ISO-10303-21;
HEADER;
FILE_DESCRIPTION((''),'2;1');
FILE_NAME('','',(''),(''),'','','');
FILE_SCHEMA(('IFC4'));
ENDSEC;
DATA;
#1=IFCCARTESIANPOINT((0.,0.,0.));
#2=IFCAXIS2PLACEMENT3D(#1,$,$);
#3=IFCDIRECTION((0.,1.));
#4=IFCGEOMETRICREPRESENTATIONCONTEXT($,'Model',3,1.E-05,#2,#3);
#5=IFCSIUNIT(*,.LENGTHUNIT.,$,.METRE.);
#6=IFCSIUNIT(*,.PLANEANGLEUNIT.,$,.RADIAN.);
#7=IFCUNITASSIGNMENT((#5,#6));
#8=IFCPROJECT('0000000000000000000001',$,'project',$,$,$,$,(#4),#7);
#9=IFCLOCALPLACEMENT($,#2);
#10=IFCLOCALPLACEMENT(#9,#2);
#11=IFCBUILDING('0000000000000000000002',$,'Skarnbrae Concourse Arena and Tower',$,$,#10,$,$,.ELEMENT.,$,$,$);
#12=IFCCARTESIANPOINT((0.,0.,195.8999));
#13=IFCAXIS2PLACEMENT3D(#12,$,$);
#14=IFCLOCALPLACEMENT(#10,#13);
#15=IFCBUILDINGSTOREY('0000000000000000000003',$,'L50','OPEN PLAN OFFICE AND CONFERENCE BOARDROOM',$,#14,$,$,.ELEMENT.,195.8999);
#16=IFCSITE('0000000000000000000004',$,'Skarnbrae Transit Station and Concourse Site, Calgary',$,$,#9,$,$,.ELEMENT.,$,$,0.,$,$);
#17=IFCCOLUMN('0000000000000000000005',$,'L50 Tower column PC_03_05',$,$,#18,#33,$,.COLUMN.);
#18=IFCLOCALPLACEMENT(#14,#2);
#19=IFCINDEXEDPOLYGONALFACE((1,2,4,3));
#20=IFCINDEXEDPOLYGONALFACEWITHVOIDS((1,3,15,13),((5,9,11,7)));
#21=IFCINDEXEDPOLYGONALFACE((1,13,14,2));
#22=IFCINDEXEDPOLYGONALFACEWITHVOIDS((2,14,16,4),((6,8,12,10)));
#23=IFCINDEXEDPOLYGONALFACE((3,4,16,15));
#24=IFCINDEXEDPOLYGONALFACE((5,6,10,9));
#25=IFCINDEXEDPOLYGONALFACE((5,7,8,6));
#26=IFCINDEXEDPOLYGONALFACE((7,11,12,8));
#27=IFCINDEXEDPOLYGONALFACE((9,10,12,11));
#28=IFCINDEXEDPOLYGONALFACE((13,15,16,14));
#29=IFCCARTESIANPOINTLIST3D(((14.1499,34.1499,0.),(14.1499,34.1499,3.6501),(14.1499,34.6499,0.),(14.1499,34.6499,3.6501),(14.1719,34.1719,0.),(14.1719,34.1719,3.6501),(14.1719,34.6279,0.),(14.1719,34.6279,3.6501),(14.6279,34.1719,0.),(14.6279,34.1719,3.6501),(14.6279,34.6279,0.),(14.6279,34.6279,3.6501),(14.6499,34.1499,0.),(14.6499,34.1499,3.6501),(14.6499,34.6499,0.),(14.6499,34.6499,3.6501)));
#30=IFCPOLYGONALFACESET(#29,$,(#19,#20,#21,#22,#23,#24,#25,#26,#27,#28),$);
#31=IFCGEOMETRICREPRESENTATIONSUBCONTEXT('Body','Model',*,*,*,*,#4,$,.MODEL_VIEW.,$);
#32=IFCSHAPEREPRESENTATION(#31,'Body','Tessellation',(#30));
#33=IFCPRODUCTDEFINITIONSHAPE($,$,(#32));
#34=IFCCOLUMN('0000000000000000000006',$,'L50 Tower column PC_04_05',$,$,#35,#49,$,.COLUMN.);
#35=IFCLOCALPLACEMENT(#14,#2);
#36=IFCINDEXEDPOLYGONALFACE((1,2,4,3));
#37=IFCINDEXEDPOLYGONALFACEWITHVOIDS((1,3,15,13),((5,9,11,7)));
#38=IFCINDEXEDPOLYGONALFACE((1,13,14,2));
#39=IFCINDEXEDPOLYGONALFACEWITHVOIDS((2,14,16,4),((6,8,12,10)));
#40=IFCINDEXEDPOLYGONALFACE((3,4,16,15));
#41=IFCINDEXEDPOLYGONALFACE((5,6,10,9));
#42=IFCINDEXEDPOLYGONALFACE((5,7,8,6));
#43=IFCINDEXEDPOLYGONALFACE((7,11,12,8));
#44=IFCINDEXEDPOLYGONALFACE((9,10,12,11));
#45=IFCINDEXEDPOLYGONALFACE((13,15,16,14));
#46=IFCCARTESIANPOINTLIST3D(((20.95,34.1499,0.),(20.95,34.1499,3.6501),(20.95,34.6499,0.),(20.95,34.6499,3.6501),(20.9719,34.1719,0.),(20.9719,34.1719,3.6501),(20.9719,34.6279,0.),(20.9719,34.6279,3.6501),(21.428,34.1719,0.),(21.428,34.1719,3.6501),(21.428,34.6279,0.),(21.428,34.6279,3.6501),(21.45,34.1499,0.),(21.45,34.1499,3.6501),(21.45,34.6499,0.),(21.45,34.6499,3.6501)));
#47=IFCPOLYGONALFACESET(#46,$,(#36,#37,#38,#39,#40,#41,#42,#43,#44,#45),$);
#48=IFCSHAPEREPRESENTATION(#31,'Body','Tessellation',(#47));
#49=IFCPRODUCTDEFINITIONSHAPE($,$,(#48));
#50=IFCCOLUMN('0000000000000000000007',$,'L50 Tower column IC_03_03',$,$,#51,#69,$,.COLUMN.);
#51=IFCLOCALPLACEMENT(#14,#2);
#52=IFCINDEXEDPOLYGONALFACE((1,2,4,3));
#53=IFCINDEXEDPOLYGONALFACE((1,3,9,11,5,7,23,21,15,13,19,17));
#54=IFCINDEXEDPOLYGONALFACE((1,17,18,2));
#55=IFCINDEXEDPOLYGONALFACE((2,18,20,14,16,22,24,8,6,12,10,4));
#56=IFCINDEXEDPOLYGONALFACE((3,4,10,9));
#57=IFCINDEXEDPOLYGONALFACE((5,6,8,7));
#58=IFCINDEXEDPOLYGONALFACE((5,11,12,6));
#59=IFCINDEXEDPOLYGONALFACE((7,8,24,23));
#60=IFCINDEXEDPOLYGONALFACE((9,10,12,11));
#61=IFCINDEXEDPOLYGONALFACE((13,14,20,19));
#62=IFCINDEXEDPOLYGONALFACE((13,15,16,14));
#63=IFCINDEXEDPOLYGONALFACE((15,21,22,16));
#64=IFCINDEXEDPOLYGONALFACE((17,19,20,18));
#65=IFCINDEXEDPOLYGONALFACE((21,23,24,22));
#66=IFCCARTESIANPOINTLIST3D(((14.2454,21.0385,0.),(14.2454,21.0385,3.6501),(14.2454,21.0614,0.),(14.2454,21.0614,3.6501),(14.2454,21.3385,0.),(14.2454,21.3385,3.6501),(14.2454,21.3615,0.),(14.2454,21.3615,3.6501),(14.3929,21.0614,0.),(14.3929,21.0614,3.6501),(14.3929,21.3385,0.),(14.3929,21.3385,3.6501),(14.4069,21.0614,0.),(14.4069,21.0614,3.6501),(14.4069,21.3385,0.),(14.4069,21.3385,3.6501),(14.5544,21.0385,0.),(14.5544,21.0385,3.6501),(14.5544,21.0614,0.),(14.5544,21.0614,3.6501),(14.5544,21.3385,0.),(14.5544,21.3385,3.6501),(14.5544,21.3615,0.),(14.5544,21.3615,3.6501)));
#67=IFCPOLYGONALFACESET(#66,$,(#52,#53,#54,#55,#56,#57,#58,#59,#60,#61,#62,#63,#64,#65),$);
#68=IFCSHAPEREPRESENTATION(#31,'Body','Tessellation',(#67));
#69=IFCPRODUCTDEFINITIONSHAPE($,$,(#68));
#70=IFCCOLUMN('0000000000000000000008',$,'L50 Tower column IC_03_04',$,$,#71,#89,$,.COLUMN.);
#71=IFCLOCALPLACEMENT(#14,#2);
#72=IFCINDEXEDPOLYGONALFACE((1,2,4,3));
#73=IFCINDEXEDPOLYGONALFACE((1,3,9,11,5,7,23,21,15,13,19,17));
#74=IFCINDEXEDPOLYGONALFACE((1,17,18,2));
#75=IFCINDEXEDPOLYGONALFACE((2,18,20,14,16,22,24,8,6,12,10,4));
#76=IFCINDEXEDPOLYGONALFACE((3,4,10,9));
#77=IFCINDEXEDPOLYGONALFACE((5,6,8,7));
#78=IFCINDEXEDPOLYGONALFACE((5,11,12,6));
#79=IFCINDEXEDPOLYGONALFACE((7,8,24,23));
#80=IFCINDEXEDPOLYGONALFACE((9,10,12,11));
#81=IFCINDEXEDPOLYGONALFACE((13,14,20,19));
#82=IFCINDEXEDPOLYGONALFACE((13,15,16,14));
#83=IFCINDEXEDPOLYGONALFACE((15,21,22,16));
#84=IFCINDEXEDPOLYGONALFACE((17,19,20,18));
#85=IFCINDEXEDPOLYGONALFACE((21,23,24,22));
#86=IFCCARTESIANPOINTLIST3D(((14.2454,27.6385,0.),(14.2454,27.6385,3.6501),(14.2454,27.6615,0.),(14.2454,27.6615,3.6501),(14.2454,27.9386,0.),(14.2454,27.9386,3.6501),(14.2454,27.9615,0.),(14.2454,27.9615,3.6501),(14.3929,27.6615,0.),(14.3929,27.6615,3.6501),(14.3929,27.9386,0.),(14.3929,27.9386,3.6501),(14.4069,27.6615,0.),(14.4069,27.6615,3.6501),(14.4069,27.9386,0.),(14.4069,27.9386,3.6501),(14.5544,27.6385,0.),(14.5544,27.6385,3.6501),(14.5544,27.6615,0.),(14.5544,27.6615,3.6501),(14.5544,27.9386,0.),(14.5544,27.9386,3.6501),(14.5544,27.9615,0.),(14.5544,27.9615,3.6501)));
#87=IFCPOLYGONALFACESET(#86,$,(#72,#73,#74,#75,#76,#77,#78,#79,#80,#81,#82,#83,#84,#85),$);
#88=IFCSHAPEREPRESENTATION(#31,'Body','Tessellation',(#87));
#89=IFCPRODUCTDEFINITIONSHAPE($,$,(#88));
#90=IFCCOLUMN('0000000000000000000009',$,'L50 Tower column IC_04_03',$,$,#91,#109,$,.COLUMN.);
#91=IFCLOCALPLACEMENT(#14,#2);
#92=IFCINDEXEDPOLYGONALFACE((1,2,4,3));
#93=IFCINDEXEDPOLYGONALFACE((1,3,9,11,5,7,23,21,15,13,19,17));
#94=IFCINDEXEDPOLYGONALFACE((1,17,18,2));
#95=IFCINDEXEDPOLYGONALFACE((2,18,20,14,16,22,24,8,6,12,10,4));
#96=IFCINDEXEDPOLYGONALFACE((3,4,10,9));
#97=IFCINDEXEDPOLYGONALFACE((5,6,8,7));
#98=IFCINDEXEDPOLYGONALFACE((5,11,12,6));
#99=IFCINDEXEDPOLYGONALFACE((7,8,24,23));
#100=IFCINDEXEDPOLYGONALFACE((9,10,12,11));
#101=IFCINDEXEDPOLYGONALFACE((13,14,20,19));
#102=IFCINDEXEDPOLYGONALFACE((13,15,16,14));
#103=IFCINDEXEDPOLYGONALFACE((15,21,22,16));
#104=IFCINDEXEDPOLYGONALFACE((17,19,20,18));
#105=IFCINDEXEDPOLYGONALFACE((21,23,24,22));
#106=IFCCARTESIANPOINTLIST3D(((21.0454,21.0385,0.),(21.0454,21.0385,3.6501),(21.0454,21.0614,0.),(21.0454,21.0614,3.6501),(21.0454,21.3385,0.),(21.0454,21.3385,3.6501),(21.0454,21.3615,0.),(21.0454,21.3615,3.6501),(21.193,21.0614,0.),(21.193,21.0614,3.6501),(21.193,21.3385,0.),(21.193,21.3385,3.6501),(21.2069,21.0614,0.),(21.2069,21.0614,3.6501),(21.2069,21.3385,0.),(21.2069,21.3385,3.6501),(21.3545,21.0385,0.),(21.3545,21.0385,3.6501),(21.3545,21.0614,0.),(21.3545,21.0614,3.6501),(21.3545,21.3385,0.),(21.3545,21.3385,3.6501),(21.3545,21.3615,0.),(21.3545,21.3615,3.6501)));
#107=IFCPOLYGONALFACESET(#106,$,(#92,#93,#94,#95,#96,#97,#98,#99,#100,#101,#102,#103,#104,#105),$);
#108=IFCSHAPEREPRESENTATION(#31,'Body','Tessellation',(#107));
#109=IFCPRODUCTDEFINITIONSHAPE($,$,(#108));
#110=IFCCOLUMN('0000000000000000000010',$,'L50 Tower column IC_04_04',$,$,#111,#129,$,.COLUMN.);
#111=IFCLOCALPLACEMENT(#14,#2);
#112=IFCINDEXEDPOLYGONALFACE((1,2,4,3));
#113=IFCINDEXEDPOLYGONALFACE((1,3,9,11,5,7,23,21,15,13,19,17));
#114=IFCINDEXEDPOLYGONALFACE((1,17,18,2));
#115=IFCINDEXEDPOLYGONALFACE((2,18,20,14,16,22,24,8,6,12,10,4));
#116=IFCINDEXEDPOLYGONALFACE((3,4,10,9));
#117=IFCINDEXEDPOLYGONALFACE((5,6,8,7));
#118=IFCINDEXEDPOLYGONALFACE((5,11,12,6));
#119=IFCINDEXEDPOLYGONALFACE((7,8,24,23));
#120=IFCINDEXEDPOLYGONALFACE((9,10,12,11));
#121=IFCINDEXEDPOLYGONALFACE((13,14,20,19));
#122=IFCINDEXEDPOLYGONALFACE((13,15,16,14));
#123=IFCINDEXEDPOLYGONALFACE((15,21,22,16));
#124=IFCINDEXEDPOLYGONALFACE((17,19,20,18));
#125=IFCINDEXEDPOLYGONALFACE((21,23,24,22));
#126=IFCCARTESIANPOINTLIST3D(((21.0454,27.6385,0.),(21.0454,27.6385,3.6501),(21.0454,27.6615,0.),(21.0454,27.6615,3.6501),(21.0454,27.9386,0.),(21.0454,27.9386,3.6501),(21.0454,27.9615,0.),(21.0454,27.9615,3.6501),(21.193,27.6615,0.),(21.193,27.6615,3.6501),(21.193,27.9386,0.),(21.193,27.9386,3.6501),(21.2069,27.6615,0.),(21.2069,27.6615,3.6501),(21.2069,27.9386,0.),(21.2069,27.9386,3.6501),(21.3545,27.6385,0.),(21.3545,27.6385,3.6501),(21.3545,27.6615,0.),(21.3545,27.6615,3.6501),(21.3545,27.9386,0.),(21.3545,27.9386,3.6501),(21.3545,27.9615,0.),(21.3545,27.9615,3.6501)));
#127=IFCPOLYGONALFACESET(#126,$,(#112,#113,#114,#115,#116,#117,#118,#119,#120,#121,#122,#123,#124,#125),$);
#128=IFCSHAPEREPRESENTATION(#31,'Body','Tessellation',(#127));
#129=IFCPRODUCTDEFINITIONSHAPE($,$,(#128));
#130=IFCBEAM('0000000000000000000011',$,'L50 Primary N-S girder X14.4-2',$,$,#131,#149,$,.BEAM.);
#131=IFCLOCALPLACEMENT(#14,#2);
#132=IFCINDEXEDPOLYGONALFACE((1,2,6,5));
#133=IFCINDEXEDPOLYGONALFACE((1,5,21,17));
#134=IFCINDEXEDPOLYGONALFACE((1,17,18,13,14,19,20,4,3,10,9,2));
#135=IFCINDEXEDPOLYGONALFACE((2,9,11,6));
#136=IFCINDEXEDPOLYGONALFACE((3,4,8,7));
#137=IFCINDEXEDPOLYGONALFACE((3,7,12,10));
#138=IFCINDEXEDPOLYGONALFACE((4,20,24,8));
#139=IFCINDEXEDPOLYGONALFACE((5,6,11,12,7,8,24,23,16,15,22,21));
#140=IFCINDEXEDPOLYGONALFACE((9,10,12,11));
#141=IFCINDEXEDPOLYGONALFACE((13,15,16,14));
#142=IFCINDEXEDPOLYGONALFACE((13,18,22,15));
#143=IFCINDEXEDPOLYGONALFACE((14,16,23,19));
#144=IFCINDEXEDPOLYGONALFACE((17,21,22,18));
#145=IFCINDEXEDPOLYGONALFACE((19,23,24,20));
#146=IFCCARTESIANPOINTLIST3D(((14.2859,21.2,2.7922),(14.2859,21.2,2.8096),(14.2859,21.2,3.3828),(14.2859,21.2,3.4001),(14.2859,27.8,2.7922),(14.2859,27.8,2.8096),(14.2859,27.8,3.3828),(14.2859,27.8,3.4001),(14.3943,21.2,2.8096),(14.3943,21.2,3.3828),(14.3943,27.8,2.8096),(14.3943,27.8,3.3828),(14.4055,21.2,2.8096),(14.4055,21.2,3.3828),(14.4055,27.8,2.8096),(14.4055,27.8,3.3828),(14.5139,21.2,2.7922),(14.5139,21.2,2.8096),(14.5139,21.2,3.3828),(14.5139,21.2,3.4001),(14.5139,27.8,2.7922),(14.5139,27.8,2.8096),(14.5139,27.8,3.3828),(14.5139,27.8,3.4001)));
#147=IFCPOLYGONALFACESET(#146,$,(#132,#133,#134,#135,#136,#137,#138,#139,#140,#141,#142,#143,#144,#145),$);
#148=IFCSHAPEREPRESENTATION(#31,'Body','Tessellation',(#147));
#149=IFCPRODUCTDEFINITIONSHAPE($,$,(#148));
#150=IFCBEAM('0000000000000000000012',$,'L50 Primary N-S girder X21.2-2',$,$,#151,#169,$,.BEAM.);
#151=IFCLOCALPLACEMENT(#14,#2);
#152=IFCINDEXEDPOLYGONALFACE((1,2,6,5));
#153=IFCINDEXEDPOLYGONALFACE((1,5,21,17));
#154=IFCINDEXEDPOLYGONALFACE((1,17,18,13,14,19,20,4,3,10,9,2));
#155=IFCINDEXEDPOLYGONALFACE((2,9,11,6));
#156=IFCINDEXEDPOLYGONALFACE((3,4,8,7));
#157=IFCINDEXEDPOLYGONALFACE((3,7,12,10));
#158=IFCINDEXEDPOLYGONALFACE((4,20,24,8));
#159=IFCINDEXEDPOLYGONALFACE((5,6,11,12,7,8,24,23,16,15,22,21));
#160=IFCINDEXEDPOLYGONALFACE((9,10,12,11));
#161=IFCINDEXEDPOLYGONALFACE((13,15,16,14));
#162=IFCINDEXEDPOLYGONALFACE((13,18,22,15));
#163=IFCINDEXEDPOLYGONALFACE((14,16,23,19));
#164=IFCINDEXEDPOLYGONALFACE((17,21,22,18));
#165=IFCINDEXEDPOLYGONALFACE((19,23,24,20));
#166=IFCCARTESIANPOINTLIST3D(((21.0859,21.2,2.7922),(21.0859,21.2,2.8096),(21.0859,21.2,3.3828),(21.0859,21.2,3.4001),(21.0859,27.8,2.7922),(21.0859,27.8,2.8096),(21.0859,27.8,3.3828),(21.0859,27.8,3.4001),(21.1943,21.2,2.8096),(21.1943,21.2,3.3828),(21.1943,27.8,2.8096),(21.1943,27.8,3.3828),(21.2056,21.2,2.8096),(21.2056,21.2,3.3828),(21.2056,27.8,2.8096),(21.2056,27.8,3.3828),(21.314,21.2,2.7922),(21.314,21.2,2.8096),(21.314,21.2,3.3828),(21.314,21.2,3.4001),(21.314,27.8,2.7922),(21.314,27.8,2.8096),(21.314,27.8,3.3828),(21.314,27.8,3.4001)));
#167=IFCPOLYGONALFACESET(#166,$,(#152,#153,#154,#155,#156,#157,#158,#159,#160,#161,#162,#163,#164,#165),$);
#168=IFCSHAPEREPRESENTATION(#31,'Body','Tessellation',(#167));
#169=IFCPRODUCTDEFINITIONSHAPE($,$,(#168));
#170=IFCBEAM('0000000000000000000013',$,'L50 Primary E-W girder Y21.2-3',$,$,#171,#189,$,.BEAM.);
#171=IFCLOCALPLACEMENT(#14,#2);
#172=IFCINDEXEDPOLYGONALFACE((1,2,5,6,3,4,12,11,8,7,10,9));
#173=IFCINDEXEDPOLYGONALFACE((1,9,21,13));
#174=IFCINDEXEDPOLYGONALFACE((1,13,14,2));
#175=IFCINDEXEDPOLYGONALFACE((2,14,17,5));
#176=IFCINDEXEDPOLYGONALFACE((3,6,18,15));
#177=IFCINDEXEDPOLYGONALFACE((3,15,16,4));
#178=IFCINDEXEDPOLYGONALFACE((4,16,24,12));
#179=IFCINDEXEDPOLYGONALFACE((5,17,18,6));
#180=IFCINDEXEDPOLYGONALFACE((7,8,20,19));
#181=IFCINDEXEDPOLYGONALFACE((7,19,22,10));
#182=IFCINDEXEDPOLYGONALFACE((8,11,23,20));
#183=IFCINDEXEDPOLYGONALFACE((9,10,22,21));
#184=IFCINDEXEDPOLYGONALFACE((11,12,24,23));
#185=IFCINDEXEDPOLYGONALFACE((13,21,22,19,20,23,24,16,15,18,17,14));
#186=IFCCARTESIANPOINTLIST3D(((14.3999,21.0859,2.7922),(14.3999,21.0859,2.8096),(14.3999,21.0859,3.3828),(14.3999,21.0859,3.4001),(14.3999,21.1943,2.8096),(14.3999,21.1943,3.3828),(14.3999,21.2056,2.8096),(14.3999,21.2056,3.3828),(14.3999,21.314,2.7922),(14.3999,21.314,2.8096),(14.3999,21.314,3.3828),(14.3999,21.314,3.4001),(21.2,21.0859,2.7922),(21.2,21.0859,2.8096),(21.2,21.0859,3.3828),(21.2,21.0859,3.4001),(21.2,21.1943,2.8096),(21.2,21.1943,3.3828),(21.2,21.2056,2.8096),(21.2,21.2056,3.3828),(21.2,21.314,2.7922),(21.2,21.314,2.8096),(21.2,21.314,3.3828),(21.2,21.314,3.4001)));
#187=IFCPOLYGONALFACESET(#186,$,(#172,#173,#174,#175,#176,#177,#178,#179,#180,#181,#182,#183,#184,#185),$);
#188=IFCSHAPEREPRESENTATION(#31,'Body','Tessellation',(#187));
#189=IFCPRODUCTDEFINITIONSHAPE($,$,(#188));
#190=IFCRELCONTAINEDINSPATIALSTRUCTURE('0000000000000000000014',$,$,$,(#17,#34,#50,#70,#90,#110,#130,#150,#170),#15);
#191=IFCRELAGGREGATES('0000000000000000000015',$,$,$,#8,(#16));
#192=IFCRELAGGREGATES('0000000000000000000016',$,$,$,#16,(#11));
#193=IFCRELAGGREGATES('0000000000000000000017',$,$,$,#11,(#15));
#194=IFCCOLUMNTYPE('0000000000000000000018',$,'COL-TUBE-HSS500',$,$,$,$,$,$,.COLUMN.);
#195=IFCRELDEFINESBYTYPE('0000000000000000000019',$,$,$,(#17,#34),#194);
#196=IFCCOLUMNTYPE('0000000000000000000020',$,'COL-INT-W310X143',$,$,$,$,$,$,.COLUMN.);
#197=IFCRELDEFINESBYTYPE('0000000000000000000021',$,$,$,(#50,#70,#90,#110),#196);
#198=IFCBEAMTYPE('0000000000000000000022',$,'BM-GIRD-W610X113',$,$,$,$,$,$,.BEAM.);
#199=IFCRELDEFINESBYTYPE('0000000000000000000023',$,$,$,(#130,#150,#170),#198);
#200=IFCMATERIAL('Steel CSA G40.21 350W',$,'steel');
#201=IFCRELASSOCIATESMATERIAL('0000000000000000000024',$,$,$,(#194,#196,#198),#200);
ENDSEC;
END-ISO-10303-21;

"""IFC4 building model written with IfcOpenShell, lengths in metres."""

from ifc_helpers import new_model, si_unit, direction, frame, origin, origin_2d, place, context, subcontext, project, spatial, hollow_rectangle, i_section, extrude, source, transform, mapped, material, material_profile, profile_set, type_object, element, save


model = new_model("IFC4")

# Units and contexts
model_context = context("Model", 3, precision=1e-05, world=origin(), true_north=direction((0.0, 1.0)))
body_context = subcontext(model_context, "Body", "Model", "MODEL_VIEW")
ifc_project = project(units=[si_unit("LENGTHUNIT", "METRE"), si_unit("PLANEANGLEUNIT", "RADIAN")], contexts=[model_context])

# Site, building, storey
site_placement = place(None, origin())
site = spatial("IfcSite", under=ifc_project, at=site_placement, Name="Skarnbrae Transit Station and Concourse Site, Calgary", CompositionType="ELEMENT", RefElevation=0.0)
building_placement = place(site_placement, origin())
building = spatial("IfcBuilding", under=site, at=building_placement, Name="Skarnbrae Concourse Arena and Tower", CompositionType="ELEMENT")
storey_placement = place(building_placement, frame((0.0, 0.0, 195.8999)))
storey = spatial("IfcBuildingStorey", under=building, at=storey_placement, Name="L50", Description="OPEN PLAN OFFICE AND CONFERENCE BOARDROOM", CompositionType="ELEMENT", Elevation=195.8999)

# Columns
ifc_material_1 = material(Name="Steel CSA G40.21 350W", Category="steel")
ifc_material_profile_1 = material_profile(ifc_material_1, hollow_rectangle(XDim=0.5, YDim=0.5, WallThickness=0.022, at=origin_2d()), Name="HSS500X500X22.0")
ifc_profile_set_1 = profile_set([ifc_material_profile_1], Name="Steel CSA G40.21 350W")
column_type_1 = type_object("IfcColumnType", Name="COL-TUBE-HSS500", PredefinedType="COLUMN", material=ifc_profile_set_1)
shared_shape_1 = source(origin(), body_context, "Body", "SweptSolid", [
    extrude(hollow_rectangle(XDim=0.5, YDim=0.5, WallThickness=0.022, at=origin_2d()), origin(), (0.0, 0.0, 1.0), 3.6501),
])
for number, where, z_axis, x_axis, name in (
    (1, (14.3999, 34.3999, 0.0), (0.0, 0.0, 1.0), (1.0, 0.0, 0.0), "L50 Tower column PC_03_05"),
    (2, (21.2, 34.3999, 0.0), (0.0, 0.0, 1.0), (1.0, 0.0, 0.0), "L50 Tower column PC_04_05"),
):
    element("IfcColumn", number, at=place(storey_placement, frame(where, z_axis=z_axis, x_axis=x_axis)), inside=storey, type_object=column_type_1, Name=name, PredefinedType="COLUMN", context=body_context, shape_type="MappedRepresentation", body=[
        mapped(shared_shape_1, transform((0.0, 0.0, 0.0))),
    ])
ifc_material_profile_2 = material_profile(ifc_material_1, i_section(OverallWidth=0.3091, OverallDepth=0.323, WebThickness=0.0139, FlangeThickness=0.0229, at=origin_2d()), Name="W310X143")
ifc_profile_set_2 = profile_set([ifc_material_profile_2], Name="Steel CSA G40.21 350W")
column_type_2 = type_object("IfcColumnType", Name="COL-INT-W310X143", PredefinedType="COLUMN", material=ifc_profile_set_2)
shared_shape_2 = source(origin(), body_context, "Body", "SweptSolid", [
    extrude(i_section(OverallWidth=0.3091, OverallDepth=0.323, WebThickness=0.0139, FlangeThickness=0.0229, at=origin_2d()), origin(), (0.0, 0.0, 1.0), 3.6501),
])
for number, where, z_axis, x_axis, name in (
    (3, (14.3999, 21.2, 0.0), (0.0, 0.0, 1.0), (1.0, 0.0, 0.0), "L50 Tower column IC_03_03"),
    (4, (14.3999, 27.8, 0.0), (0.0, 0.0, 1.0), (1.0, 0.0, 0.0), "L50 Tower column IC_03_04"),
    (5, (21.2, 21.2, 0.0), (0.0, 0.0, 1.0), (1.0, 0.0, 0.0), "L50 Tower column IC_04_03"),
    (6, (21.2, 27.8, 0.0), (0.0, 0.0, 1.0), (1.0, 0.0, 0.0), "L50 Tower column IC_04_04"),
):
    element("IfcColumn", number, at=place(storey_placement, frame(where, z_axis=z_axis, x_axis=x_axis)), inside=storey, type_object=column_type_2, Name=name, PredefinedType="COLUMN", context=body_context, shape_type="MappedRepresentation", body=[
        mapped(shared_shape_2, transform((0.0, 0.0, 0.0))),
    ])

# Beams
ifc_material_profile_3 = material_profile(ifc_material_1, i_section(OverallWidth=0.228, OverallDepth=0.6079, WebThickness=0.0112, FlangeThickness=0.0173, at=origin_2d()), Name="W610X113")
ifc_profile_set_3 = profile_set([ifc_material_profile_3], Name="Steel CSA G40.21 350W")
beam_type_1 = type_object("IfcBeamType", Name="BM-GIRD-W610X113", PredefinedType="BEAM", material=ifc_profile_set_3)
shared_shape_3 = source(origin(), body_context, "Body", "SweptSolid", [
    extrude(i_section(OverallWidth=0.228, OverallDepth=0.6079, WebThickness=0.0112, FlangeThickness=0.0173, at=origin_2d()), origin(), (0.0, 0.0, 1.0), 6.6001),
])
for number, where, z_axis, x_axis, name in (
    (7, (14.3999, 21.2, 3.0962), (0.0, 1.0, 0.0), (-1.0, 0.0, 0.0), "L50 Primary N-S girder X14.4-2"),
    (8, (21.2, 21.2, 3.0962), (0.0, 1.0, 0.0), (-1.0, 0.0, 0.0), "L50 Primary N-S girder X21.2-2"),
):
    element("IfcBeam", number, at=place(storey_placement, frame(where, z_axis=z_axis, x_axis=x_axis)), inside=storey, type_object=beam_type_1, Name=name, PredefinedType="BEAM", context=body_context, shape_type="MappedRepresentation", body=[
        mapped(shared_shape_3, transform((0.0, 0.0, 0.0))),
    ])
shared_shape_4 = source(origin(), body_context, "Body", "SweptSolid", [
    extrude(i_section(OverallWidth=0.228, OverallDepth=0.6079, WebThickness=0.0112, FlangeThickness=0.0173, at=origin_2d()), origin(), (0.0, 0.0, 1.0), 6.8),
])
for number, where, z_axis, x_axis, name in (
    (9, (14.3999, 21.2, 3.0962), (1.0, 0.0, 0.0), (0.0, 1.0, 0.0), "L50 Primary E-W girder Y21.2-3"),
):
    element("IfcBeam", number, at=place(storey_placement, frame(where, z_axis=z_axis, x_axis=x_axis)), inside=storey, type_object=beam_type_1, Name=name, PredefinedType="BEAM", context=body_context, shape_type="MappedRepresentation", body=[
        mapped(shared_shape_4, transform((0.0, 0.0, 0.0))),
    ])

save(model, "model.ifc")
